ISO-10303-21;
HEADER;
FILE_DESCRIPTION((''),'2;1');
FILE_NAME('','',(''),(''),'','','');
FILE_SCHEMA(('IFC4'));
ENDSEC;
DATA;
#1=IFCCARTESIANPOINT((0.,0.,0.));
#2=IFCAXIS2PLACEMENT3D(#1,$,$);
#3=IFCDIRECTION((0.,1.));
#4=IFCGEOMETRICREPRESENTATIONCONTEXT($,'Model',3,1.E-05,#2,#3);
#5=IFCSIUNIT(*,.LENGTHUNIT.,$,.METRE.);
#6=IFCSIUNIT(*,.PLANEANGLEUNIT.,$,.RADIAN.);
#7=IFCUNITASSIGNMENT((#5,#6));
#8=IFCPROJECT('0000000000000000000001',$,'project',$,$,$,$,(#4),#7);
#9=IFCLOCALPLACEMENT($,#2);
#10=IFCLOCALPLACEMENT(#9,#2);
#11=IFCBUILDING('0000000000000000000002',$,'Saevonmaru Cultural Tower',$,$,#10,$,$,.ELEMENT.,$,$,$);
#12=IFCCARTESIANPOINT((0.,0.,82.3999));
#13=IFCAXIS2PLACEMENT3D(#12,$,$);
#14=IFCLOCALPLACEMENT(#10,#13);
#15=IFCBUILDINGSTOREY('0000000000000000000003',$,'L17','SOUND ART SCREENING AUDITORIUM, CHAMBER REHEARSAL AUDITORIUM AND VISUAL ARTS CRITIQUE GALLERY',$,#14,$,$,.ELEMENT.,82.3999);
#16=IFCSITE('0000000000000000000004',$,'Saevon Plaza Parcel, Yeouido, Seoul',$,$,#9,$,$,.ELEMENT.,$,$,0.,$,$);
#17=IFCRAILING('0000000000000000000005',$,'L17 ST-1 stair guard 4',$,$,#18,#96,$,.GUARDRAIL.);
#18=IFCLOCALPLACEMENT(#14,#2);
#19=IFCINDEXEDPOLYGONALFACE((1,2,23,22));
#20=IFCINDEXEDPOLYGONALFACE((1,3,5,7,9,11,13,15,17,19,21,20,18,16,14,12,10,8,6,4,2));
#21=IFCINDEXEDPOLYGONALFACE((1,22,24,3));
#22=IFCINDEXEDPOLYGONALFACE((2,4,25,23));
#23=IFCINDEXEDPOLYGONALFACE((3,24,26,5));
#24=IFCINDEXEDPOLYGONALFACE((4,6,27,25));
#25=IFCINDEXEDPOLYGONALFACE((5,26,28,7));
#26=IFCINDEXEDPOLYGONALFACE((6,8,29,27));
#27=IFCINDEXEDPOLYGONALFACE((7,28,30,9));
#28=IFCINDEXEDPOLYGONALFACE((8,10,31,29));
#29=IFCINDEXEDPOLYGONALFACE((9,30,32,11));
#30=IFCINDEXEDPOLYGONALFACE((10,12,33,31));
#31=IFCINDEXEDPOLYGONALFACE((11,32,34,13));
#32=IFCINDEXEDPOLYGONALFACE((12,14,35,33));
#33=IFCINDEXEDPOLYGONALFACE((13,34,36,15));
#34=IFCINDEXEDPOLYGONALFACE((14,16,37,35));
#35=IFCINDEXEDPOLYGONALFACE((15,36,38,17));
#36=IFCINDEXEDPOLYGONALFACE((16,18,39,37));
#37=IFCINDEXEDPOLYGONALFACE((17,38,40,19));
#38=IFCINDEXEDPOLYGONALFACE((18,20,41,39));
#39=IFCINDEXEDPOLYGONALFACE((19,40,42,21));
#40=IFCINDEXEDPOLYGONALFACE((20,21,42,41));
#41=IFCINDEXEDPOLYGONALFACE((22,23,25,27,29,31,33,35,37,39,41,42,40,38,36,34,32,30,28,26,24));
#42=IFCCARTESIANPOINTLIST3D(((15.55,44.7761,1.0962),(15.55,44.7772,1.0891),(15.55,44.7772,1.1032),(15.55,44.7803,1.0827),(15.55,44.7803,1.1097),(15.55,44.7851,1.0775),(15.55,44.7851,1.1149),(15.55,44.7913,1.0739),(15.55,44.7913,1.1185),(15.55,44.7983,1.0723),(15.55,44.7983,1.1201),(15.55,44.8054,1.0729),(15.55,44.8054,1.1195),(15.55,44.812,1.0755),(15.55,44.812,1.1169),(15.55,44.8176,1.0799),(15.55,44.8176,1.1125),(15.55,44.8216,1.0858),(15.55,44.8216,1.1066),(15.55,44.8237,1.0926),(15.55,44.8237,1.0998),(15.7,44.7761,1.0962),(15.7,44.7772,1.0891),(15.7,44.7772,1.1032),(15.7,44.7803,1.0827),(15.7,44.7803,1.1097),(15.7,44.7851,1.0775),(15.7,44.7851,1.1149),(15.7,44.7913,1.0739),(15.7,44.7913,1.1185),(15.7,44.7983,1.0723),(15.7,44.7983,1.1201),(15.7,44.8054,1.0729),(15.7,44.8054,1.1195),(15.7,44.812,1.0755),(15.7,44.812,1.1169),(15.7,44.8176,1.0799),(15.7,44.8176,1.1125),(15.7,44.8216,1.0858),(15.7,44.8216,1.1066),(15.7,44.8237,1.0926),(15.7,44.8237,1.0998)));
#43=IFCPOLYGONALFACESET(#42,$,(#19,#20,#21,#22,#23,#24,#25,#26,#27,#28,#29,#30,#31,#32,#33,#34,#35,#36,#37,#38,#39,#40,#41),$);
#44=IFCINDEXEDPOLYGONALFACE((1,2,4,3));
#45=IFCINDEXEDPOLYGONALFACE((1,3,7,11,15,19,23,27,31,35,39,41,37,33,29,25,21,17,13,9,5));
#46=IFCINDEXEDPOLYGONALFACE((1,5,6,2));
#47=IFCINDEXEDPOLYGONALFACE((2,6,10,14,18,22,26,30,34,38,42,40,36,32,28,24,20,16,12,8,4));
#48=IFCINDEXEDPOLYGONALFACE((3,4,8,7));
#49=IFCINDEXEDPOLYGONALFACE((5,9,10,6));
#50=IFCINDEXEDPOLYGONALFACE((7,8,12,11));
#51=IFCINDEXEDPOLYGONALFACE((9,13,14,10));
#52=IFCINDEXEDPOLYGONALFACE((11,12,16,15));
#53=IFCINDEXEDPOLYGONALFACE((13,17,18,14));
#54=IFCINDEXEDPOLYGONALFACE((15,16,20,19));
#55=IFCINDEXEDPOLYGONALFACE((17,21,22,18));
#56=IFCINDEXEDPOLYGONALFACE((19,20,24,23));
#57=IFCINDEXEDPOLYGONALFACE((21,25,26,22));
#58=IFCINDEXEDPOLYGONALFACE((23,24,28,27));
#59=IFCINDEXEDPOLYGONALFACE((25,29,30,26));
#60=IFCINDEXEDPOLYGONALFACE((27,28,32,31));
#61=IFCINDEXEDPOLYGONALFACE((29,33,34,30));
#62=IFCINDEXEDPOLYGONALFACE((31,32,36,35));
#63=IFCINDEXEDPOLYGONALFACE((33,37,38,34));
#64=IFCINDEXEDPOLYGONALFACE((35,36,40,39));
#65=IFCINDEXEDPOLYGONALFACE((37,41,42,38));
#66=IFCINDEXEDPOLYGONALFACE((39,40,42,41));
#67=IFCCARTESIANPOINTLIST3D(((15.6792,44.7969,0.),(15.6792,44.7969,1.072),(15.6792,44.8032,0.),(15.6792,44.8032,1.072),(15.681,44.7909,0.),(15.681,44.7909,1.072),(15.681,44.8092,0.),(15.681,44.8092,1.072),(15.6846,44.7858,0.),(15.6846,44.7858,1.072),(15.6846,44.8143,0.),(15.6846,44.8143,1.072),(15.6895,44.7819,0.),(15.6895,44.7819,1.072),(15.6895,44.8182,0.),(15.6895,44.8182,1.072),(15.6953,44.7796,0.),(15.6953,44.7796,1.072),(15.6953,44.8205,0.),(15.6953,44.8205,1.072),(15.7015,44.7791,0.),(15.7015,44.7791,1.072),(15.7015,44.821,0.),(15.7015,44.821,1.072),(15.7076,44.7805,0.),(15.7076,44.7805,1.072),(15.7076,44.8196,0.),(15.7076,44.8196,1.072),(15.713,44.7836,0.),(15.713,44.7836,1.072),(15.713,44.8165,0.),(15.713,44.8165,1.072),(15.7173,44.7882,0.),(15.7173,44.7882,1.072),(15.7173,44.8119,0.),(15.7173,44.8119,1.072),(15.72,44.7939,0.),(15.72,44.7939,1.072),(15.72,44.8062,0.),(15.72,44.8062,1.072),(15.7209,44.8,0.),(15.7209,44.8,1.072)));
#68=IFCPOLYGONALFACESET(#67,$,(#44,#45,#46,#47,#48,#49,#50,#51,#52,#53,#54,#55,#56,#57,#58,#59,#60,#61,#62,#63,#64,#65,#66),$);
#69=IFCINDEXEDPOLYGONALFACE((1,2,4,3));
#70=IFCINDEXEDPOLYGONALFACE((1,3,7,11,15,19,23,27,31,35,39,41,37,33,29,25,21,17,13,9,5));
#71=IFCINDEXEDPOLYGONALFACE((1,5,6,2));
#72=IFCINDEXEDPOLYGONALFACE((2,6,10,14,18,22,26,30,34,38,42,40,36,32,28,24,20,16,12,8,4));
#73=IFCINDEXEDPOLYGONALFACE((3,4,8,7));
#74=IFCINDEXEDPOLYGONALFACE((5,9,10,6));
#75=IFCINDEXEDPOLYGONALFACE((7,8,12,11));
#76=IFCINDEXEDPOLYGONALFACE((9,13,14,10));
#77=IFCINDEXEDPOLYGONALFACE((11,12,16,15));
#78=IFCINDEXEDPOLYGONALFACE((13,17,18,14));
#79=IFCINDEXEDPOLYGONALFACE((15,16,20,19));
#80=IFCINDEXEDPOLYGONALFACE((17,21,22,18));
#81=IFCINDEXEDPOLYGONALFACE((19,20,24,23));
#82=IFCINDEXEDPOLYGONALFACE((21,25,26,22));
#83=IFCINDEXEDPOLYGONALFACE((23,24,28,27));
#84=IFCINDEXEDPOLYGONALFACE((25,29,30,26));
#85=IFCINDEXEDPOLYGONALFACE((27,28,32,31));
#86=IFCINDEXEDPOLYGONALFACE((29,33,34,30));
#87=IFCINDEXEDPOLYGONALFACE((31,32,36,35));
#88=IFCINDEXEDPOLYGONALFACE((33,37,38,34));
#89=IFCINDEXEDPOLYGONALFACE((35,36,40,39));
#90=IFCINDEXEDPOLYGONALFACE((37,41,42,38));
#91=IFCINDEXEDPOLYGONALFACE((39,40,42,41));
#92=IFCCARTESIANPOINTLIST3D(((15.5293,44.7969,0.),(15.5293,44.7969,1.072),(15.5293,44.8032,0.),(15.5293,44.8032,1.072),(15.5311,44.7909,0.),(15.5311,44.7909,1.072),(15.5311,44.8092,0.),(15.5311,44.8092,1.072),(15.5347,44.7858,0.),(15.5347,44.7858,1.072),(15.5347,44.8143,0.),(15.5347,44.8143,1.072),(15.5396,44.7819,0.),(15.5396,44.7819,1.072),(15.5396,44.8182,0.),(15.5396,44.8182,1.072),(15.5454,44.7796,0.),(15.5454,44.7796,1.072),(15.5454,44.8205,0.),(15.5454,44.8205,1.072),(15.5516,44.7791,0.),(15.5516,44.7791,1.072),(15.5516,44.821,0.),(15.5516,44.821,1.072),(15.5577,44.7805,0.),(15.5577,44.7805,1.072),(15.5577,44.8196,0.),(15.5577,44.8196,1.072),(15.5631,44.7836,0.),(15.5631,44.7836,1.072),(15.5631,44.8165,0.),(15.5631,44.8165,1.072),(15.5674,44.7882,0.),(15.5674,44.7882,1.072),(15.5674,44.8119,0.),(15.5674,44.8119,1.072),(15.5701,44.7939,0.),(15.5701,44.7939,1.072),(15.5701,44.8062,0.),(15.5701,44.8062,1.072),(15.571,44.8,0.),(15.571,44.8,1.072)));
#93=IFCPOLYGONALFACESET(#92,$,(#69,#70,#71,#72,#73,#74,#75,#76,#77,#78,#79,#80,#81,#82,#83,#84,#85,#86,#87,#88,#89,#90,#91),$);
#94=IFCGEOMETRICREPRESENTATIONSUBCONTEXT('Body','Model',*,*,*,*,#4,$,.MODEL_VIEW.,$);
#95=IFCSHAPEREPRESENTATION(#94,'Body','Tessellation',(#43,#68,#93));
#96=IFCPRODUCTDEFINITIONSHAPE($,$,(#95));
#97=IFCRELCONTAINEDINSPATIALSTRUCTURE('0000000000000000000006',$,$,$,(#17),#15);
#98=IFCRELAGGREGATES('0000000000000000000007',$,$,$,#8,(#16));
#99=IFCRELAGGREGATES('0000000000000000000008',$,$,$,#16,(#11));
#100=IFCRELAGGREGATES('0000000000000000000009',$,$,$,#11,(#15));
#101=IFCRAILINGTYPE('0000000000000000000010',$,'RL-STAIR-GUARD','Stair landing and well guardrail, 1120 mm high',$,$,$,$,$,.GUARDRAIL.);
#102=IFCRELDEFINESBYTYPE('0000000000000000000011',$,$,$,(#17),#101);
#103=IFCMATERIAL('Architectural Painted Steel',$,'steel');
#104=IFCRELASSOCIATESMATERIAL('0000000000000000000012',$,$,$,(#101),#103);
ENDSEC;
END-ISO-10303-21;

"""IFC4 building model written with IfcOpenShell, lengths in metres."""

from ifc_helpers import new_model, si_unit, direction, frame, origin, origin_2d, place, context, subcontext, project, spatial, circle, extrude, material, type_object, element, save


model = new_model("IFC4")

# Units and contexts
model_context = context("Model", 3, precision=1e-05, world=origin(), true_north=direction((0.0, 1.0)))
body_context = subcontext(model_context, "Body", "Model", "MODEL_VIEW")
ifc_project = project(units=[si_unit("LENGTHUNIT", "METRE"), si_unit("PLANEANGLEUNIT", "RADIAN")], contexts=[model_context])

# Site, building, storey
site_placement = place(None, origin())
site = spatial("IfcSite", under=ifc_project, at=site_placement, Name="Saevon Plaza Parcel, Yeouido, Seoul", CompositionType="ELEMENT", RefElevation=0.0)
building_placement = place(site_placement, origin())
building = spatial("IfcBuilding", under=site, at=building_placement, Name="Saevonmaru Cultural Tower", CompositionType="ELEMENT")
storey_placement = place(building_placement, frame((0.0, 0.0, 82.3999)))
storey = spatial("IfcBuildingStorey", under=building, at=storey_placement, Name="L17", Description="SOUND ART SCREENING AUDITORIUM, CHAMBER REHEARSAL AUDITORIUM AND VISUAL ARTS CRITIQUE GALLERY", CompositionType="ELEMENT", Elevation=82.3999)

# Railing
ifc_material_1 = material(Name="Architectural Painted Steel", Category="steel")
railing_type_1 = type_object("IfcRailingType", Name="RL-STAIR-GUARD", Description="Stair landing and well guardrail, 1120 mm high", PredefinedType="GUARDRAIL", material=ifc_material_1)
railing_1_placement = place(storey_placement, frame((15.7, 44.8, 0.0)))
element("IfcRailing", 1, at=railing_1_placement, inside=storey, type_object=railing_type_1, Name="L17 ST-1 stair guard 4", PredefinedType="GUARDRAIL", context=body_context, shape_type="SweptSolid", body=[
    extrude(circle(Radius=0.0239, at=origin_2d()), frame((0.0, 0.0, 1.0962), z_axis=(-1.0, 0.0, 0.0), x_axis=(0.0, -1.0, 0.0)), (0.0, 0.0, 1.0), 0.1499),
    extrude(circle(Radius=0.021, at=origin_2d()), origin(), (0.0, 0.0, 1.0), 1.072),
    extrude(circle(Radius=0.021, at=origin_2d()), frame((-0.1499, 0.0, 0.0)), (0.0, 0.0, 1.0), 1.072),
])

save(model, "model.ifc")
